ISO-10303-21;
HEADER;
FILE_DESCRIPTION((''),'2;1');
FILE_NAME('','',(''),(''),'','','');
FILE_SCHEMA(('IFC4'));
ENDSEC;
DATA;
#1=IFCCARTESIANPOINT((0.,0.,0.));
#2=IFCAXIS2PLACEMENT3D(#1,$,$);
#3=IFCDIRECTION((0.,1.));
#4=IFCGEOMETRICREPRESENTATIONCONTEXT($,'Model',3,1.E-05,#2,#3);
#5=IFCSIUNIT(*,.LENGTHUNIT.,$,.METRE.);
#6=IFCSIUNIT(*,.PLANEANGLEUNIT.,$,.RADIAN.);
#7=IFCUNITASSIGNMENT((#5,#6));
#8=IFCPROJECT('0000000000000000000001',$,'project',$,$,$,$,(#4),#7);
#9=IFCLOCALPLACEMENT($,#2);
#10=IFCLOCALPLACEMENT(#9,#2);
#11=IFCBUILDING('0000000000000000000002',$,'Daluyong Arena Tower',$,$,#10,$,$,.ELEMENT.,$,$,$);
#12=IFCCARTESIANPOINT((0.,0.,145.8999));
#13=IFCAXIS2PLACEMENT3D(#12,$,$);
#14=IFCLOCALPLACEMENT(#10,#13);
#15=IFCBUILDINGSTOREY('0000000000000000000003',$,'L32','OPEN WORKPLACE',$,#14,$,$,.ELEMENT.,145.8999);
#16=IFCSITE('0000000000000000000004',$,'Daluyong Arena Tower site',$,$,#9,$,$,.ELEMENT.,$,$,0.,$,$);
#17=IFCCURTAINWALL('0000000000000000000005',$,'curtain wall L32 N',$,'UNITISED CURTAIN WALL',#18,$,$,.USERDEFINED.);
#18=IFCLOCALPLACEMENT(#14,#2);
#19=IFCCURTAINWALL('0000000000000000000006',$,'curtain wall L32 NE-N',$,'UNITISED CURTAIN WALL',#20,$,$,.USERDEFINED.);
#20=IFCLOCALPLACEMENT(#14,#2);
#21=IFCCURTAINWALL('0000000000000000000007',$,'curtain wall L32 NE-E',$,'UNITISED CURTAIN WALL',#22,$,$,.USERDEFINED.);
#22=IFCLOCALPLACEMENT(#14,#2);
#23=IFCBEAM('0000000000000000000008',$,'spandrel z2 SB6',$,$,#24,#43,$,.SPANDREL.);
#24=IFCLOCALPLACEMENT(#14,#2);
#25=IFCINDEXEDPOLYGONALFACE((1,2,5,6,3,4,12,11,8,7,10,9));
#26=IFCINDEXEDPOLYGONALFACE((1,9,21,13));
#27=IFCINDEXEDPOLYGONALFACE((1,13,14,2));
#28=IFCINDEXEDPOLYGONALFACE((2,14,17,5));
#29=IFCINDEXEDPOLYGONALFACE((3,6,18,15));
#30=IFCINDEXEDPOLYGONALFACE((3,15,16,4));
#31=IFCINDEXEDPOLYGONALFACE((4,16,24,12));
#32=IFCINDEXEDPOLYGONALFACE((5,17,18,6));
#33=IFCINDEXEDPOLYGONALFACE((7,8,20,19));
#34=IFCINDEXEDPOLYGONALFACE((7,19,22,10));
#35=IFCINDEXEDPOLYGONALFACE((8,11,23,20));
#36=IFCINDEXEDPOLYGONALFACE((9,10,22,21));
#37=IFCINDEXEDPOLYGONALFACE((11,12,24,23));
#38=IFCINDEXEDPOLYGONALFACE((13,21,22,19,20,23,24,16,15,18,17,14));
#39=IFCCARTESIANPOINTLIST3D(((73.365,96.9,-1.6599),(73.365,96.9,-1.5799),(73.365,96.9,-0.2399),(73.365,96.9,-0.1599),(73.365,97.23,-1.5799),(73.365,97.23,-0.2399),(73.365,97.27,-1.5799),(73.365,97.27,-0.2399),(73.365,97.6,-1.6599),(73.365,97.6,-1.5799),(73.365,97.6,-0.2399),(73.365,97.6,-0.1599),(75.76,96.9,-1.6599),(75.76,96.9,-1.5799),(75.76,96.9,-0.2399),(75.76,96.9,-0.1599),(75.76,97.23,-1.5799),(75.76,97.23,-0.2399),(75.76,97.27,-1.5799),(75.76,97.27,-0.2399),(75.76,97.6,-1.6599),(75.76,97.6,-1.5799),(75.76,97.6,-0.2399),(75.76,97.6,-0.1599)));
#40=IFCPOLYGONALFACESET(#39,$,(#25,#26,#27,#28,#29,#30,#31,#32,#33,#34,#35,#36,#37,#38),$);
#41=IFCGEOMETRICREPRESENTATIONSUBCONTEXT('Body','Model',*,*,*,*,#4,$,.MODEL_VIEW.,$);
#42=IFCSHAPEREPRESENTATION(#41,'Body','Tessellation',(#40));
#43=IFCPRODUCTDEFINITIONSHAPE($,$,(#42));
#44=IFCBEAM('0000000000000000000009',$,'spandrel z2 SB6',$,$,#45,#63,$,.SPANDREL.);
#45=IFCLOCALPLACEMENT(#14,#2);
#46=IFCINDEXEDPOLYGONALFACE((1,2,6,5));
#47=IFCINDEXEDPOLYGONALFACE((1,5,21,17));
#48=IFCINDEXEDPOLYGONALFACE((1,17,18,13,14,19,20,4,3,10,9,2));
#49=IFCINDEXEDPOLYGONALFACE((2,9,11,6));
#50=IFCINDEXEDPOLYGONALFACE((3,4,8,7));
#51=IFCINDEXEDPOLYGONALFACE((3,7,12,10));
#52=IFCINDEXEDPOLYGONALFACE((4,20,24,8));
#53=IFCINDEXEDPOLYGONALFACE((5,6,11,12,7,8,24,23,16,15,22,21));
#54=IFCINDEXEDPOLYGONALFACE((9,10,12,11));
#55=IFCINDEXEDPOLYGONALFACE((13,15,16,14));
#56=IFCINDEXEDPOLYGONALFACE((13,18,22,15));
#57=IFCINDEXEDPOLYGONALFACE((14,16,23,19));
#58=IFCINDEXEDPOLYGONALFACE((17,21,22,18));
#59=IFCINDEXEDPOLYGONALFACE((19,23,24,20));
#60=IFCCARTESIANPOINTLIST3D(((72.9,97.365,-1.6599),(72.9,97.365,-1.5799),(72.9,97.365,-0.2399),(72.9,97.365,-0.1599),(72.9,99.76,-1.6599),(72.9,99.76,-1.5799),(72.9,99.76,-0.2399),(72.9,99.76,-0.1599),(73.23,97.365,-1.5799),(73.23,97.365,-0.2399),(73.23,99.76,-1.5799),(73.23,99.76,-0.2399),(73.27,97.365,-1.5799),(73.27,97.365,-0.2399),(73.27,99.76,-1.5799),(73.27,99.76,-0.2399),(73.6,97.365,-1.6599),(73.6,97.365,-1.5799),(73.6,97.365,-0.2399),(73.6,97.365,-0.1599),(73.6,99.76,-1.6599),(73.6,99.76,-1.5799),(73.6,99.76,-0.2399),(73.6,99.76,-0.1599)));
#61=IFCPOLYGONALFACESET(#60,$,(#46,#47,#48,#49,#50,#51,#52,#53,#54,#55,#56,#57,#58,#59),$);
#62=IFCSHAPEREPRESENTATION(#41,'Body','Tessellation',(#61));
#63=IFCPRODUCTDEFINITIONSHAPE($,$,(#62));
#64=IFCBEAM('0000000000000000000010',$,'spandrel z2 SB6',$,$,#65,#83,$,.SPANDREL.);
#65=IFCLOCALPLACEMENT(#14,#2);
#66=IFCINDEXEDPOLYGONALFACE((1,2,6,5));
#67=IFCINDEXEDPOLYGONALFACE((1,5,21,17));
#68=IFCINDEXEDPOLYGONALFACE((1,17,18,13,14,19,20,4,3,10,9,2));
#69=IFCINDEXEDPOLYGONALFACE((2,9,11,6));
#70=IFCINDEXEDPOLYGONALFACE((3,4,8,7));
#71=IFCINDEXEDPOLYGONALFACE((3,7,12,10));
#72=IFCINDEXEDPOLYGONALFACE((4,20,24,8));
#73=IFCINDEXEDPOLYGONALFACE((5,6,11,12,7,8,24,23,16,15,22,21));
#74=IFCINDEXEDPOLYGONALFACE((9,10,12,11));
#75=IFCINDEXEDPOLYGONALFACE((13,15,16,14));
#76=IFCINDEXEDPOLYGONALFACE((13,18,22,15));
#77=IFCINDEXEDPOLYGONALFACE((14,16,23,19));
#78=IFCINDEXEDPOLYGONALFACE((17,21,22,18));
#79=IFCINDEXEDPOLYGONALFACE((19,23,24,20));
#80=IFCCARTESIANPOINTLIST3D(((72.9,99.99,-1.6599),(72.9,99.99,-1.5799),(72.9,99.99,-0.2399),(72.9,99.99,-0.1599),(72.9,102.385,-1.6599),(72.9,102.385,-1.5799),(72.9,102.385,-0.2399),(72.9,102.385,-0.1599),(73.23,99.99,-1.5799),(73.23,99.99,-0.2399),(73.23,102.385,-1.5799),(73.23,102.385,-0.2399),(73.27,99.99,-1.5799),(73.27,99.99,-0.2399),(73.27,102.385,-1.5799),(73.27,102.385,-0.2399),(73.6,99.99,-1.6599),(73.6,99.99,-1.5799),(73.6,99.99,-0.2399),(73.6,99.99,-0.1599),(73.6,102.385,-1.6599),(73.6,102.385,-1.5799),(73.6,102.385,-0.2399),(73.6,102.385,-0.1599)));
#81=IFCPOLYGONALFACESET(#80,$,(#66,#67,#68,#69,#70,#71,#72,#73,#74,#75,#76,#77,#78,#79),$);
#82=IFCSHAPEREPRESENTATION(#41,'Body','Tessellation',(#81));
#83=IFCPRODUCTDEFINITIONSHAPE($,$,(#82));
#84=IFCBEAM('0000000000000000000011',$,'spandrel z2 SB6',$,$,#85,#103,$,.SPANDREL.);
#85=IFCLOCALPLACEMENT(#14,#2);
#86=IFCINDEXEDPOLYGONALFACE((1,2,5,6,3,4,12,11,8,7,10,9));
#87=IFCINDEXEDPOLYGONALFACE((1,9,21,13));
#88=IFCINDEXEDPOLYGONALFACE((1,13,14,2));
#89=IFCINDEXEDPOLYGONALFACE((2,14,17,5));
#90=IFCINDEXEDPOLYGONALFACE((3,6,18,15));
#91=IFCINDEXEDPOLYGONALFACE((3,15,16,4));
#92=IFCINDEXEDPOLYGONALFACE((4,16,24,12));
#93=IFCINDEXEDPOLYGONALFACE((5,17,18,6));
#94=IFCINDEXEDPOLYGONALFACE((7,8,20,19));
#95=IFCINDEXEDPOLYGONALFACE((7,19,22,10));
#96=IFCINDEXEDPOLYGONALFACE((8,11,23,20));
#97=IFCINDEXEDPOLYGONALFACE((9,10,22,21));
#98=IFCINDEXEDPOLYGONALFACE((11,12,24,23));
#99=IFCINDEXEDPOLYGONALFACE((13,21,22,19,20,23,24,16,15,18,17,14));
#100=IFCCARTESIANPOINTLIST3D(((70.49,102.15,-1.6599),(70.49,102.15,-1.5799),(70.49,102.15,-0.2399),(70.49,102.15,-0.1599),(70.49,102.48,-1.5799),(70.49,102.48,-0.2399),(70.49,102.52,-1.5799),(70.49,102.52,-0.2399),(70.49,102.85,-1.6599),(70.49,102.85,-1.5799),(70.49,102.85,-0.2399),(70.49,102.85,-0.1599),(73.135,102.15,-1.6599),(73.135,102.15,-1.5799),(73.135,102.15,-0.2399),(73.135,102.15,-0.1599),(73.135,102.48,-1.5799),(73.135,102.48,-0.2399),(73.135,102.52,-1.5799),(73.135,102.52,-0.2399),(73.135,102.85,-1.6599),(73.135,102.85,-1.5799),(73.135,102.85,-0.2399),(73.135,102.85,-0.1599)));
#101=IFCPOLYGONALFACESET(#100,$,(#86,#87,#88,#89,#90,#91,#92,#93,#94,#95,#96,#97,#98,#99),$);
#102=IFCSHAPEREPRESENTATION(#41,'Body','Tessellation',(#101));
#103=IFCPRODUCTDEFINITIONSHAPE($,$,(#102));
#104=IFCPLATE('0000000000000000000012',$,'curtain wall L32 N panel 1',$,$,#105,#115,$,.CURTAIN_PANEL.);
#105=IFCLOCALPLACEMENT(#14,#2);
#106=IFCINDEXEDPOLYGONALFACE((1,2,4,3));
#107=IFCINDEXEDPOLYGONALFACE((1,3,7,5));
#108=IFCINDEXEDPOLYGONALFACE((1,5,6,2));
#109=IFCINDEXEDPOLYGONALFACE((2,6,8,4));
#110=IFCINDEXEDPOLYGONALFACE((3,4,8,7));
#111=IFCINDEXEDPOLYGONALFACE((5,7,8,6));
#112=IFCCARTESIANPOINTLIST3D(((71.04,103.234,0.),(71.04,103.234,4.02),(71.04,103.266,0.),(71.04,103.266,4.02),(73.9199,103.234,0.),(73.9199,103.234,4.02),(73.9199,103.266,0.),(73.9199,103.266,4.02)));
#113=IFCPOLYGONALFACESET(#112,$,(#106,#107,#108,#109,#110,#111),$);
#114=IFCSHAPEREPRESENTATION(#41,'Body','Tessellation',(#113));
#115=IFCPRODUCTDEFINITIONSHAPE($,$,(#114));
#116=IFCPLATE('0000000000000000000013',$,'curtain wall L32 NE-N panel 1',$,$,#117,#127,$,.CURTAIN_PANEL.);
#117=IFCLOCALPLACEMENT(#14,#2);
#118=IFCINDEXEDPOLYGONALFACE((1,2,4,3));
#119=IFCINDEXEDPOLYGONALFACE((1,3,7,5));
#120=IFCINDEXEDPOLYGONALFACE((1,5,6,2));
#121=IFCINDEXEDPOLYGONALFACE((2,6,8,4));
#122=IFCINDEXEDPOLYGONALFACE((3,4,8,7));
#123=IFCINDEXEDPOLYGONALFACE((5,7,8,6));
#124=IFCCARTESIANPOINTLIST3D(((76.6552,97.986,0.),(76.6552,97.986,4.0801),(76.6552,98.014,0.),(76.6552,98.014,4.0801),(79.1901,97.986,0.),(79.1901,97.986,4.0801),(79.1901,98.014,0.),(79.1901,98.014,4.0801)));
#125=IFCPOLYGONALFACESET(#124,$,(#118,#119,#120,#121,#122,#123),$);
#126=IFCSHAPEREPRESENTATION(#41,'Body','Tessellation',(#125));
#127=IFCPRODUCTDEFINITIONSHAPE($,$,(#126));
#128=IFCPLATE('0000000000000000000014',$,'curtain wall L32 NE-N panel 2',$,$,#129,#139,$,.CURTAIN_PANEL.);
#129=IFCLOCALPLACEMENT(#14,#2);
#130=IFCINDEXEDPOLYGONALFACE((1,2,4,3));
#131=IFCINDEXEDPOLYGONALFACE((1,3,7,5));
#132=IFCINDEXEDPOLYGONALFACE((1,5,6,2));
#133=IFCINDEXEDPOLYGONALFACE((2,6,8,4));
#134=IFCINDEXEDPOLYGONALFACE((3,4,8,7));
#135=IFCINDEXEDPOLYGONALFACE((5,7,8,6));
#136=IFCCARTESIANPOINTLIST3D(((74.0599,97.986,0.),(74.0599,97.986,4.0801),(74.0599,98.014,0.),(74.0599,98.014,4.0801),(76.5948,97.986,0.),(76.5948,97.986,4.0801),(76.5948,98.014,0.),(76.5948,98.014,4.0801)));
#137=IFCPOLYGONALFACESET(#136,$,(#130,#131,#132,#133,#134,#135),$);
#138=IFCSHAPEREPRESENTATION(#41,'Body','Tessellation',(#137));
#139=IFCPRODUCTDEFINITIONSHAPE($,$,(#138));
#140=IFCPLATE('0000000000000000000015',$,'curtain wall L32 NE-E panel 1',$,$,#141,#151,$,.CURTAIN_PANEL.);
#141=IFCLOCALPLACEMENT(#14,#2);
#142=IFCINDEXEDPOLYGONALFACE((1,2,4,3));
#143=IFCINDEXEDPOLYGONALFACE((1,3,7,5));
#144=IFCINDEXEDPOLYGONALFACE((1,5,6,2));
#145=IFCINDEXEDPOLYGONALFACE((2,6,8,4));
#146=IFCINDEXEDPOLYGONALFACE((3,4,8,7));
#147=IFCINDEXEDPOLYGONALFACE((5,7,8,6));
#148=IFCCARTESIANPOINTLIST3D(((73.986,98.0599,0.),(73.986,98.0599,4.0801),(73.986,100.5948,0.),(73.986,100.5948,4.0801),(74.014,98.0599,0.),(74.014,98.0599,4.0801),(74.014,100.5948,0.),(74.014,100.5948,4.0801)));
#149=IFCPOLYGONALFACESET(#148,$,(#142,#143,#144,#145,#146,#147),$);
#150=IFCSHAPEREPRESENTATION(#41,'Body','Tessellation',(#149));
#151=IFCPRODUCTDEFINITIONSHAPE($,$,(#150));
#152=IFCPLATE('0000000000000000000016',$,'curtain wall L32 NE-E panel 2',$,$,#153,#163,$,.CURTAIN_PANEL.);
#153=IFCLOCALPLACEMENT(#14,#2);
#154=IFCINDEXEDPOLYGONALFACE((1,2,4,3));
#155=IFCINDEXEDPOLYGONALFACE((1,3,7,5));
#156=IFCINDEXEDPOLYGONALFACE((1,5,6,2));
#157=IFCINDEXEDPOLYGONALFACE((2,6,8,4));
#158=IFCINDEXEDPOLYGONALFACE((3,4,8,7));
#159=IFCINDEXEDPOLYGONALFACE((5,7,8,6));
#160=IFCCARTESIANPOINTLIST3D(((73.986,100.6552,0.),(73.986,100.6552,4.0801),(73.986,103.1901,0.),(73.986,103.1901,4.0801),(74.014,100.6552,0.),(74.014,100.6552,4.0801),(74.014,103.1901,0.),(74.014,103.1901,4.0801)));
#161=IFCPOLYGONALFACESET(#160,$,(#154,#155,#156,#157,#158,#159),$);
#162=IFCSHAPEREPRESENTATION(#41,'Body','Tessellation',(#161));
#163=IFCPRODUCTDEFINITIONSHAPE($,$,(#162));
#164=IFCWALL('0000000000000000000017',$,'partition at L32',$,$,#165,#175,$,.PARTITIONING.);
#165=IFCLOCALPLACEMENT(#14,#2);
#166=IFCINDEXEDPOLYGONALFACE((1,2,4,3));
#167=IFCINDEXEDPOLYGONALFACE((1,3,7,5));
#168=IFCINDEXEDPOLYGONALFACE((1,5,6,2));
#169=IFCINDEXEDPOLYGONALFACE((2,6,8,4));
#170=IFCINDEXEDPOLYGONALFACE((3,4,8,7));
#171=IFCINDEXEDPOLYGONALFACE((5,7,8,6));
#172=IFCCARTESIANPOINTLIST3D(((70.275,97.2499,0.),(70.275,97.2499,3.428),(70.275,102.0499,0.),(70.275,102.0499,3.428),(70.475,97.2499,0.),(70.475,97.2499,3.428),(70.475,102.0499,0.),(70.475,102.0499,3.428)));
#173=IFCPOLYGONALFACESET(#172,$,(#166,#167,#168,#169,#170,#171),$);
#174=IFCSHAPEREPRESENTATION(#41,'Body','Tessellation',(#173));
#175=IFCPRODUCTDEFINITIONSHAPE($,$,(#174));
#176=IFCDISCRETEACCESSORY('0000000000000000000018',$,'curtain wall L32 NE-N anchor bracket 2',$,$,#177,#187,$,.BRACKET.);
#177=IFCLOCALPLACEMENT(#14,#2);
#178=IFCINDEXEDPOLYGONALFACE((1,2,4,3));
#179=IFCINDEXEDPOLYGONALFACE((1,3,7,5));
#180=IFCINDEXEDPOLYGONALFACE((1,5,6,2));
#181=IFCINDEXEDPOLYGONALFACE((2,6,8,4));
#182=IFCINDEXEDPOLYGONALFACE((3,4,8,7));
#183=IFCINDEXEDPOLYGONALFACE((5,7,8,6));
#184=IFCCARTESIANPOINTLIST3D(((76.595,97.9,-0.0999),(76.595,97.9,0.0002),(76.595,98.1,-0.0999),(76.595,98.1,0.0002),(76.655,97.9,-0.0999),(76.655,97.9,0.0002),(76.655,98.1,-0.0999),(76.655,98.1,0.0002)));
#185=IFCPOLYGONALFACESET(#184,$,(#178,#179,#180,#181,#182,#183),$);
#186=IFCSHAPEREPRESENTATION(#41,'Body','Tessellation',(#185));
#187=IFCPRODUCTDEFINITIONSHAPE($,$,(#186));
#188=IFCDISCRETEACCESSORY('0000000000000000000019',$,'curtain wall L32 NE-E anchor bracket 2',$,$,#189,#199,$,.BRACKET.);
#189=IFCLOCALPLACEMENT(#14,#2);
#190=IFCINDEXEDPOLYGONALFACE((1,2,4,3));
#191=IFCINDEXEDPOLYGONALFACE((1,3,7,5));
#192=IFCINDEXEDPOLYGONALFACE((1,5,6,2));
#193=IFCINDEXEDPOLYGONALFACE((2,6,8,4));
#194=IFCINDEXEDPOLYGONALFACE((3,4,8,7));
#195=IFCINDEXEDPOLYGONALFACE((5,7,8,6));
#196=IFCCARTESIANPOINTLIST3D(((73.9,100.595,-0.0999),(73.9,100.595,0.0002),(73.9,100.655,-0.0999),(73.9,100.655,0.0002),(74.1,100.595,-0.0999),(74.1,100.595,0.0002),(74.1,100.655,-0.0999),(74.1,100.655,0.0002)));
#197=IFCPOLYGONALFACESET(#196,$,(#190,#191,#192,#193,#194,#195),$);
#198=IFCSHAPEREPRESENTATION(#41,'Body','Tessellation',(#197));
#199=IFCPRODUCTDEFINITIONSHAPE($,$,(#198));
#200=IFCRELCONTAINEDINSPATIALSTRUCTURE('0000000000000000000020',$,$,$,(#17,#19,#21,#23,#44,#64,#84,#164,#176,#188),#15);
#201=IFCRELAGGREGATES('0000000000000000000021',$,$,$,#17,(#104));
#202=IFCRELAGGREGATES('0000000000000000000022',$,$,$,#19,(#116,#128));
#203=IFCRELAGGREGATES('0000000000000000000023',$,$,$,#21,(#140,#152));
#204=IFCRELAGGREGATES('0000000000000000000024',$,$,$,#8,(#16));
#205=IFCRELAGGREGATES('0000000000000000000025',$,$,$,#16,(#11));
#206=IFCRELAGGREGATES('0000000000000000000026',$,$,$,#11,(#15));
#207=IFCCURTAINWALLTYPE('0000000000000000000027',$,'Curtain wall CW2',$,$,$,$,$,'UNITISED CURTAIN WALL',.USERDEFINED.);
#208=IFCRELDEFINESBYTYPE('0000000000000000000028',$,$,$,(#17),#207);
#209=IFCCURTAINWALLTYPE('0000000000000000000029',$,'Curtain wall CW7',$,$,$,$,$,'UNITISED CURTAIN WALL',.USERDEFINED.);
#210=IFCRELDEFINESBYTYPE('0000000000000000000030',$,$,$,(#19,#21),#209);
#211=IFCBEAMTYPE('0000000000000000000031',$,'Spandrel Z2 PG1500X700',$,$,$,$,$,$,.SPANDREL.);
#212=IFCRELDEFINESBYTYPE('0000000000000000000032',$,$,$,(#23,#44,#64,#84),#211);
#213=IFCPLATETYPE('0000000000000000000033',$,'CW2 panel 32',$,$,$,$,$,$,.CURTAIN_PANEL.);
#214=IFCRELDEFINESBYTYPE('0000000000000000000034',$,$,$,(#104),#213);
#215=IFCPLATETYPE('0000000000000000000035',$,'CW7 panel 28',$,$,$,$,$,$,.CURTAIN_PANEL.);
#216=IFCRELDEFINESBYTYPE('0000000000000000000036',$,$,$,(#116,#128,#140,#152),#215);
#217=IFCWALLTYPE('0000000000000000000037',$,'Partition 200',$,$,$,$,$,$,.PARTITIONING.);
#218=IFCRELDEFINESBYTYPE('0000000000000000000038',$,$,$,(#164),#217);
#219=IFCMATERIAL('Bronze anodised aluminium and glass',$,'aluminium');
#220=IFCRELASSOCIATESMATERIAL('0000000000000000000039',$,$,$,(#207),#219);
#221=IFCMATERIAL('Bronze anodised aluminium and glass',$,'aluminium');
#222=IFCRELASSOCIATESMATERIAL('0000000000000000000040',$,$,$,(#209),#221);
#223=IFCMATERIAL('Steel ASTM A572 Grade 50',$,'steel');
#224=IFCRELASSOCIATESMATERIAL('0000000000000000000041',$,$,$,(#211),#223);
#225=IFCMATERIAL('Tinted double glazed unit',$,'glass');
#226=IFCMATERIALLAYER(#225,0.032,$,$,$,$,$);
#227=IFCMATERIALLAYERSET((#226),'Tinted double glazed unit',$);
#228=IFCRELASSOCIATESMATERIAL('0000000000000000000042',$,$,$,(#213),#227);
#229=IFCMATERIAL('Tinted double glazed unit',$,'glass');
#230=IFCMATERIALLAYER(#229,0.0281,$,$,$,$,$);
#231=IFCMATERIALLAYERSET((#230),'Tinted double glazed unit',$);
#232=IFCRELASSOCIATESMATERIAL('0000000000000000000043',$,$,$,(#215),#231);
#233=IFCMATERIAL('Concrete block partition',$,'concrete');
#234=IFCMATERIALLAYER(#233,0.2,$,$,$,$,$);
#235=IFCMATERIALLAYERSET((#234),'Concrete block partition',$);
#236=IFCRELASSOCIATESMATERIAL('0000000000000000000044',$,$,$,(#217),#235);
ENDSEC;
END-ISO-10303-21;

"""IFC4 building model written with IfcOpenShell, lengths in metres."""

from ifc_helpers import new_model, si_unit, direction, frame, frame_2d, origin, origin_2d, place, context, subcontext, project, spatial, rectangle, i_section, extrude, material, layer, layer_set, material_profile, profile_set, type_object, element, aggregate, save


model = new_model("IFC4")

# Units and contexts
model_context = context("Model", 3, precision=1e-05, world=origin(), true_north=direction((0.0, 1.0)))
body_context = subcontext(model_context, "Body", "Model", "MODEL_VIEW")
ifc_project = project(units=[si_unit("LENGTHUNIT", "METRE"), si_unit("PLANEANGLEUNIT", "RADIAN")], contexts=[model_context])

# Site, building, storey
site_placement = place(None, origin())
site = spatial("IfcSite", under=ifc_project, at=site_placement, Name="Daluyong Arena Tower site", CompositionType="ELEMENT", RefElevation=0.0)
building_placement = place(site_placement, origin())
building = spatial("IfcBuilding", under=site, at=building_placement, Name="Daluyong Arena Tower", CompositionType="ELEMENT")
storey_placement = place(building_placement, frame((0.0, 0.0, 145.8999)))
storey = spatial("IfcBuildingStorey", under=building, at=storey_placement, Name="L32", Description="OPEN WORKPLACE", CompositionType="ELEMENT", Elevation=145.8999)

# Shared definitions
ifc_material_1 = material(Name="Bronze anodised aluminium and glass", Category="aluminium")
curtain_wall_type_1 = type_object("IfcCurtainWallType", Name="Curtain wall CW2", ElementType="UNITISED CURTAIN WALL", PredefinedType="USERDEFINED", material=ifc_material_1)

# Curtain walls
curtain_wall_1_placement = place(storey_placement, origin())
curtain_wall_1 = element("IfcCurtainWall", 1, at=curtain_wall_1_placement, inside=storey, type_object=curtain_wall_type_1, Name="curtain wall L32 N", ObjectType="UNITISED CURTAIN WALL", PredefinedType="USERDEFINED")
ifc_material_2 = material(Name="Bronze anodised aluminium and glass", Category="aluminium")
curtain_wall_type_2 = type_object("IfcCurtainWallType", Name="Curtain wall CW7", ElementType="UNITISED CURTAIN WALL", PredefinedType="USERDEFINED", material=ifc_material_2)
curtain_wall_2_placement = place(storey_placement, origin())
curtain_wall_2 = element("IfcCurtainWall", 2, at=curtain_wall_2_placement, inside=storey, type_object=curtain_wall_type_2, Name="curtain wall L32 NE-N", ObjectType="UNITISED CURTAIN WALL", PredefinedType="USERDEFINED")
curtain_wall_3_placement = place(storey_placement, origin())
curtain_wall_3 = element("IfcCurtainWall", 3, at=curtain_wall_3_placement, inside=storey, type_object=curtain_wall_type_2, Name="curtain wall L32 NE-E", ObjectType="UNITISED CURTAIN WALL", PredefinedType="USERDEFINED")

# Beams
ifc_material_3 = material(Name="Steel ASTM A572 Grade 50", Category="steel")
ifc_material_profile_1 = material_profile(ifc_material_3, i_section(OverallWidth=0.7, OverallDepth=1.5, WebThickness=0.04, FlangeThickness=0.08, at=origin_2d()))
ifc_profile_set_1 = profile_set([ifc_material_profile_1], Name="Steel ASTM A572 Grade 50")
beam_type_1 = type_object("IfcBeamType", Name="Spandrel Z2 PG1500X700", PredefinedType="SPANDREL", material=ifc_profile_set_1)
for number, where, z_axis, x_axis, name in (
    (4, (75.76, 97.25, -0.9099), (-1.0, 0.0, 0.0), (0.0, -1.0, 0.0), "spandrel z2 SB6"),
    (5, (73.25, 97.365, -0.9099), (0.0, 1.0, 0.0), (-1.0, 0.0, 0.0), "spandrel z2 SB6"),
    (6, (73.25, 99.99, -0.9099), (0.0, 1.0, 0.0), (-1.0, 0.0, 0.0), "spandrel z2 SB6"),
):
    element("IfcBeam", number, at=place(storey_placement, frame(where, z_axis=z_axis, x_axis=x_axis)), inside=storey, type_object=beam_type_1, Name=name, PredefinedType="SPANDREL", context=body_context, shape_type="SweptSolid", body=[
        extrude(i_section(OverallWidth=0.7, OverallDepth=1.5, WebThickness=0.04, FlangeThickness=0.08, at=origin_2d()), origin(), (0.0, 0.0, 1.0), 2.395),
    ])
beam_1_placement = place(storey_placement, frame((73.135, 102.5, -0.9099), z_axis=(-1.0, 0.0, 0.0), x_axis=(0.0, -1.0, 0.0)))
element("IfcBeam", 7, at=beam_1_placement, inside=storey, type_object=beam_type_1, Name="spandrel z2 SB6", PredefinedType="SPANDREL", context=body_context, shape_type="SweptSolid", body=[
    extrude(i_section(OverallWidth=0.7, OverallDepth=1.5, WebThickness=0.04, FlangeThickness=0.08, at=origin_2d()), origin(), (0.0, 0.0, 1.0), 2.645),
])

# Plates
ifc_material_4 = material(Name="Tinted double glazed unit", Category="glass")
ifc_layer_1 = layer(ifc_material_4, 0.032)
ifc_layer_set_1 = layer_set([ifc_layer_1], Name="Tinted double glazed unit")
plate_type_1 = type_object("IfcPlateType", Name="CW2 panel 32", PredefinedType="CURTAIN_PANEL", material=ifc_layer_set_1)
plate_1_placement = place(storey_placement, frame((72.48, 103.25, 0.0), z_axis=(0.0, 0.0, 1.0), x_axis=(-1.0, 0.0, 0.0)))
plate_1 = element("IfcPlate", 8, at=plate_1_placement, type_object=plate_type_1, Name="curtain wall L32 N panel 1", PredefinedType="CURTAIN_PANEL", context=body_context, shape_type="SweptSolid", body=[
    extrude(rectangle(XDim=2.8799, YDim=0.032, at=origin_2d()), origin(), (0.0, 0.0, 1.0), 4.02),
])
aggregate(curtain_wall_1, [plate_1])
ifc_material_5 = material(Name="Tinted double glazed unit", Category="glass")
ifc_layer_2 = layer(ifc_material_5, 0.0281)
ifc_layer_set_2 = layer_set([ifc_layer_2], Name="Tinted double glazed unit")
plate_type_2 = type_object("IfcPlateType", Name="CW7 panel 28", PredefinedType="CURTAIN_PANEL", material=ifc_layer_set_2)
plate_2_placement = place(storey_placement, frame((77.9226, 98.0, 0.0), z_axis=(0.0, 0.0, 1.0), x_axis=(-1.0, 0.0, 0.0)))
plate_2 = element("IfcPlate", 9, at=plate_2_placement, type_object=plate_type_2, Name="curtain wall L32 NE-N panel 1", PredefinedType="CURTAIN_PANEL", context=body_context, shape_type="SweptSolid", body=[
    extrude(rectangle(XDim=2.5349, YDim=0.0281, at=origin_2d()), origin(), (0.0, 0.0, 1.0), 4.0801),
])
plate_3_placement = place(storey_placement, frame((75.3274, 98.0, 0.0), z_axis=(0.0, 0.0, 1.0), x_axis=(-1.0, 0.0, 0.0)))
plate_3 = element("IfcPlate", 10, at=plate_3_placement, type_object=plate_type_2, Name="curtain wall L32 NE-N panel 2", PredefinedType="CURTAIN_PANEL", context=body_context, shape_type="SweptSolid", body=[
    extrude(rectangle(XDim=2.5349, YDim=0.0281, at=origin_2d()), origin(), (0.0, 0.0, 1.0), 4.0801),
])
aggregate(curtain_wall_2, [plate_2, plate_3])
plate_4_placement = place(storey_placement, frame((74.0, 99.3274, 0.0), z_axis=(0.0, 0.0, 1.0), x_axis=(0.0, 1.0, 0.0)))
plate_4 = element("IfcPlate", 11, at=plate_4_placement, type_object=plate_type_2, Name="curtain wall L32 NE-E panel 1", PredefinedType="CURTAIN_PANEL", context=body_context, shape_type="SweptSolid", body=[
    extrude(rectangle(XDim=2.5349, YDim=0.0281, at=origin_2d()), origin(), (0.0, 0.0, 1.0), 4.0801),
])
plate_5_placement = place(storey_placement, frame((74.0, 101.9226, 0.0), z_axis=(0.0, 0.0, 1.0), x_axis=(0.0, 1.0, 0.0)))
plate_5 = element("IfcPlate", 12, at=plate_5_placement, type_object=plate_type_2, Name="curtain wall L32 NE-E panel 2", PredefinedType="CURTAIN_PANEL", context=body_context, shape_type="SweptSolid", body=[
    extrude(rectangle(XDim=2.5349, YDim=0.0281, at=origin_2d()), origin(), (0.0, 0.0, 1.0), 4.0801),
])
aggregate(curtain_wall_3, [plate_4, plate_5])

# Wall
ifc_material_6 = material(Name="Concrete block partition", Category="concrete")
ifc_layer_3 = layer(ifc_material_6, 0.2)
ifc_layer_set_3 = layer_set([ifc_layer_3], Name="Concrete block partition")
wall_type = type_object("IfcWallType", Name="Partition 200", PredefinedType="PARTITIONING", material=ifc_layer_set_3)
wall_placement = place(storey_placement, frame((70.375, 97.25, 0.0), z_axis=(0.0, 0.0, 1.0), x_axis=(0.0, 1.0, 0.0)))
element("IfcWall", 13, at=wall_placement, inside=storey, type_object=wall_type, Name="partition at L32", PredefinedType="PARTITIONING", context=body_context, shape_type="SweptSolid", body=[
    extrude(rectangle(XDim=4.8, YDim=0.2, at=frame_2d((2.3999, 0.0))), origin(), (0.0, 0.0, 1.0), 3.428),
])

# Discrete accessories
for number, where, z_axis, x_axis, name in (
    (14, (76.625, 98.0, -0.0999), (0.0, 0.0, 1.0), (-1.0, 0.0, 0.0), "curtain wall L32 NE-N anchor bracket 2"),
    (15, (74.0, 100.625, -0.0999), (0.0, 0.0, 1.0), (0.0, 1.0, 0.0), "curtain wall L32 NE-E anchor bracket 2"),
):
    element("IfcDiscreteAccessory", number, at=place(storey_placement, frame(where, z_axis=z_axis, x_axis=x_axis)), inside=storey, Name=name, PredefinedType="BRACKET", context=body_context, shape_type="SweptSolid", body=[
        extrude(rectangle(XDim=0.0601, YDim=0.2, at=origin_2d()), origin(), (0.0, 0.0, 1.0), 0.1001),
    ])

save(model, "model.ifc")
